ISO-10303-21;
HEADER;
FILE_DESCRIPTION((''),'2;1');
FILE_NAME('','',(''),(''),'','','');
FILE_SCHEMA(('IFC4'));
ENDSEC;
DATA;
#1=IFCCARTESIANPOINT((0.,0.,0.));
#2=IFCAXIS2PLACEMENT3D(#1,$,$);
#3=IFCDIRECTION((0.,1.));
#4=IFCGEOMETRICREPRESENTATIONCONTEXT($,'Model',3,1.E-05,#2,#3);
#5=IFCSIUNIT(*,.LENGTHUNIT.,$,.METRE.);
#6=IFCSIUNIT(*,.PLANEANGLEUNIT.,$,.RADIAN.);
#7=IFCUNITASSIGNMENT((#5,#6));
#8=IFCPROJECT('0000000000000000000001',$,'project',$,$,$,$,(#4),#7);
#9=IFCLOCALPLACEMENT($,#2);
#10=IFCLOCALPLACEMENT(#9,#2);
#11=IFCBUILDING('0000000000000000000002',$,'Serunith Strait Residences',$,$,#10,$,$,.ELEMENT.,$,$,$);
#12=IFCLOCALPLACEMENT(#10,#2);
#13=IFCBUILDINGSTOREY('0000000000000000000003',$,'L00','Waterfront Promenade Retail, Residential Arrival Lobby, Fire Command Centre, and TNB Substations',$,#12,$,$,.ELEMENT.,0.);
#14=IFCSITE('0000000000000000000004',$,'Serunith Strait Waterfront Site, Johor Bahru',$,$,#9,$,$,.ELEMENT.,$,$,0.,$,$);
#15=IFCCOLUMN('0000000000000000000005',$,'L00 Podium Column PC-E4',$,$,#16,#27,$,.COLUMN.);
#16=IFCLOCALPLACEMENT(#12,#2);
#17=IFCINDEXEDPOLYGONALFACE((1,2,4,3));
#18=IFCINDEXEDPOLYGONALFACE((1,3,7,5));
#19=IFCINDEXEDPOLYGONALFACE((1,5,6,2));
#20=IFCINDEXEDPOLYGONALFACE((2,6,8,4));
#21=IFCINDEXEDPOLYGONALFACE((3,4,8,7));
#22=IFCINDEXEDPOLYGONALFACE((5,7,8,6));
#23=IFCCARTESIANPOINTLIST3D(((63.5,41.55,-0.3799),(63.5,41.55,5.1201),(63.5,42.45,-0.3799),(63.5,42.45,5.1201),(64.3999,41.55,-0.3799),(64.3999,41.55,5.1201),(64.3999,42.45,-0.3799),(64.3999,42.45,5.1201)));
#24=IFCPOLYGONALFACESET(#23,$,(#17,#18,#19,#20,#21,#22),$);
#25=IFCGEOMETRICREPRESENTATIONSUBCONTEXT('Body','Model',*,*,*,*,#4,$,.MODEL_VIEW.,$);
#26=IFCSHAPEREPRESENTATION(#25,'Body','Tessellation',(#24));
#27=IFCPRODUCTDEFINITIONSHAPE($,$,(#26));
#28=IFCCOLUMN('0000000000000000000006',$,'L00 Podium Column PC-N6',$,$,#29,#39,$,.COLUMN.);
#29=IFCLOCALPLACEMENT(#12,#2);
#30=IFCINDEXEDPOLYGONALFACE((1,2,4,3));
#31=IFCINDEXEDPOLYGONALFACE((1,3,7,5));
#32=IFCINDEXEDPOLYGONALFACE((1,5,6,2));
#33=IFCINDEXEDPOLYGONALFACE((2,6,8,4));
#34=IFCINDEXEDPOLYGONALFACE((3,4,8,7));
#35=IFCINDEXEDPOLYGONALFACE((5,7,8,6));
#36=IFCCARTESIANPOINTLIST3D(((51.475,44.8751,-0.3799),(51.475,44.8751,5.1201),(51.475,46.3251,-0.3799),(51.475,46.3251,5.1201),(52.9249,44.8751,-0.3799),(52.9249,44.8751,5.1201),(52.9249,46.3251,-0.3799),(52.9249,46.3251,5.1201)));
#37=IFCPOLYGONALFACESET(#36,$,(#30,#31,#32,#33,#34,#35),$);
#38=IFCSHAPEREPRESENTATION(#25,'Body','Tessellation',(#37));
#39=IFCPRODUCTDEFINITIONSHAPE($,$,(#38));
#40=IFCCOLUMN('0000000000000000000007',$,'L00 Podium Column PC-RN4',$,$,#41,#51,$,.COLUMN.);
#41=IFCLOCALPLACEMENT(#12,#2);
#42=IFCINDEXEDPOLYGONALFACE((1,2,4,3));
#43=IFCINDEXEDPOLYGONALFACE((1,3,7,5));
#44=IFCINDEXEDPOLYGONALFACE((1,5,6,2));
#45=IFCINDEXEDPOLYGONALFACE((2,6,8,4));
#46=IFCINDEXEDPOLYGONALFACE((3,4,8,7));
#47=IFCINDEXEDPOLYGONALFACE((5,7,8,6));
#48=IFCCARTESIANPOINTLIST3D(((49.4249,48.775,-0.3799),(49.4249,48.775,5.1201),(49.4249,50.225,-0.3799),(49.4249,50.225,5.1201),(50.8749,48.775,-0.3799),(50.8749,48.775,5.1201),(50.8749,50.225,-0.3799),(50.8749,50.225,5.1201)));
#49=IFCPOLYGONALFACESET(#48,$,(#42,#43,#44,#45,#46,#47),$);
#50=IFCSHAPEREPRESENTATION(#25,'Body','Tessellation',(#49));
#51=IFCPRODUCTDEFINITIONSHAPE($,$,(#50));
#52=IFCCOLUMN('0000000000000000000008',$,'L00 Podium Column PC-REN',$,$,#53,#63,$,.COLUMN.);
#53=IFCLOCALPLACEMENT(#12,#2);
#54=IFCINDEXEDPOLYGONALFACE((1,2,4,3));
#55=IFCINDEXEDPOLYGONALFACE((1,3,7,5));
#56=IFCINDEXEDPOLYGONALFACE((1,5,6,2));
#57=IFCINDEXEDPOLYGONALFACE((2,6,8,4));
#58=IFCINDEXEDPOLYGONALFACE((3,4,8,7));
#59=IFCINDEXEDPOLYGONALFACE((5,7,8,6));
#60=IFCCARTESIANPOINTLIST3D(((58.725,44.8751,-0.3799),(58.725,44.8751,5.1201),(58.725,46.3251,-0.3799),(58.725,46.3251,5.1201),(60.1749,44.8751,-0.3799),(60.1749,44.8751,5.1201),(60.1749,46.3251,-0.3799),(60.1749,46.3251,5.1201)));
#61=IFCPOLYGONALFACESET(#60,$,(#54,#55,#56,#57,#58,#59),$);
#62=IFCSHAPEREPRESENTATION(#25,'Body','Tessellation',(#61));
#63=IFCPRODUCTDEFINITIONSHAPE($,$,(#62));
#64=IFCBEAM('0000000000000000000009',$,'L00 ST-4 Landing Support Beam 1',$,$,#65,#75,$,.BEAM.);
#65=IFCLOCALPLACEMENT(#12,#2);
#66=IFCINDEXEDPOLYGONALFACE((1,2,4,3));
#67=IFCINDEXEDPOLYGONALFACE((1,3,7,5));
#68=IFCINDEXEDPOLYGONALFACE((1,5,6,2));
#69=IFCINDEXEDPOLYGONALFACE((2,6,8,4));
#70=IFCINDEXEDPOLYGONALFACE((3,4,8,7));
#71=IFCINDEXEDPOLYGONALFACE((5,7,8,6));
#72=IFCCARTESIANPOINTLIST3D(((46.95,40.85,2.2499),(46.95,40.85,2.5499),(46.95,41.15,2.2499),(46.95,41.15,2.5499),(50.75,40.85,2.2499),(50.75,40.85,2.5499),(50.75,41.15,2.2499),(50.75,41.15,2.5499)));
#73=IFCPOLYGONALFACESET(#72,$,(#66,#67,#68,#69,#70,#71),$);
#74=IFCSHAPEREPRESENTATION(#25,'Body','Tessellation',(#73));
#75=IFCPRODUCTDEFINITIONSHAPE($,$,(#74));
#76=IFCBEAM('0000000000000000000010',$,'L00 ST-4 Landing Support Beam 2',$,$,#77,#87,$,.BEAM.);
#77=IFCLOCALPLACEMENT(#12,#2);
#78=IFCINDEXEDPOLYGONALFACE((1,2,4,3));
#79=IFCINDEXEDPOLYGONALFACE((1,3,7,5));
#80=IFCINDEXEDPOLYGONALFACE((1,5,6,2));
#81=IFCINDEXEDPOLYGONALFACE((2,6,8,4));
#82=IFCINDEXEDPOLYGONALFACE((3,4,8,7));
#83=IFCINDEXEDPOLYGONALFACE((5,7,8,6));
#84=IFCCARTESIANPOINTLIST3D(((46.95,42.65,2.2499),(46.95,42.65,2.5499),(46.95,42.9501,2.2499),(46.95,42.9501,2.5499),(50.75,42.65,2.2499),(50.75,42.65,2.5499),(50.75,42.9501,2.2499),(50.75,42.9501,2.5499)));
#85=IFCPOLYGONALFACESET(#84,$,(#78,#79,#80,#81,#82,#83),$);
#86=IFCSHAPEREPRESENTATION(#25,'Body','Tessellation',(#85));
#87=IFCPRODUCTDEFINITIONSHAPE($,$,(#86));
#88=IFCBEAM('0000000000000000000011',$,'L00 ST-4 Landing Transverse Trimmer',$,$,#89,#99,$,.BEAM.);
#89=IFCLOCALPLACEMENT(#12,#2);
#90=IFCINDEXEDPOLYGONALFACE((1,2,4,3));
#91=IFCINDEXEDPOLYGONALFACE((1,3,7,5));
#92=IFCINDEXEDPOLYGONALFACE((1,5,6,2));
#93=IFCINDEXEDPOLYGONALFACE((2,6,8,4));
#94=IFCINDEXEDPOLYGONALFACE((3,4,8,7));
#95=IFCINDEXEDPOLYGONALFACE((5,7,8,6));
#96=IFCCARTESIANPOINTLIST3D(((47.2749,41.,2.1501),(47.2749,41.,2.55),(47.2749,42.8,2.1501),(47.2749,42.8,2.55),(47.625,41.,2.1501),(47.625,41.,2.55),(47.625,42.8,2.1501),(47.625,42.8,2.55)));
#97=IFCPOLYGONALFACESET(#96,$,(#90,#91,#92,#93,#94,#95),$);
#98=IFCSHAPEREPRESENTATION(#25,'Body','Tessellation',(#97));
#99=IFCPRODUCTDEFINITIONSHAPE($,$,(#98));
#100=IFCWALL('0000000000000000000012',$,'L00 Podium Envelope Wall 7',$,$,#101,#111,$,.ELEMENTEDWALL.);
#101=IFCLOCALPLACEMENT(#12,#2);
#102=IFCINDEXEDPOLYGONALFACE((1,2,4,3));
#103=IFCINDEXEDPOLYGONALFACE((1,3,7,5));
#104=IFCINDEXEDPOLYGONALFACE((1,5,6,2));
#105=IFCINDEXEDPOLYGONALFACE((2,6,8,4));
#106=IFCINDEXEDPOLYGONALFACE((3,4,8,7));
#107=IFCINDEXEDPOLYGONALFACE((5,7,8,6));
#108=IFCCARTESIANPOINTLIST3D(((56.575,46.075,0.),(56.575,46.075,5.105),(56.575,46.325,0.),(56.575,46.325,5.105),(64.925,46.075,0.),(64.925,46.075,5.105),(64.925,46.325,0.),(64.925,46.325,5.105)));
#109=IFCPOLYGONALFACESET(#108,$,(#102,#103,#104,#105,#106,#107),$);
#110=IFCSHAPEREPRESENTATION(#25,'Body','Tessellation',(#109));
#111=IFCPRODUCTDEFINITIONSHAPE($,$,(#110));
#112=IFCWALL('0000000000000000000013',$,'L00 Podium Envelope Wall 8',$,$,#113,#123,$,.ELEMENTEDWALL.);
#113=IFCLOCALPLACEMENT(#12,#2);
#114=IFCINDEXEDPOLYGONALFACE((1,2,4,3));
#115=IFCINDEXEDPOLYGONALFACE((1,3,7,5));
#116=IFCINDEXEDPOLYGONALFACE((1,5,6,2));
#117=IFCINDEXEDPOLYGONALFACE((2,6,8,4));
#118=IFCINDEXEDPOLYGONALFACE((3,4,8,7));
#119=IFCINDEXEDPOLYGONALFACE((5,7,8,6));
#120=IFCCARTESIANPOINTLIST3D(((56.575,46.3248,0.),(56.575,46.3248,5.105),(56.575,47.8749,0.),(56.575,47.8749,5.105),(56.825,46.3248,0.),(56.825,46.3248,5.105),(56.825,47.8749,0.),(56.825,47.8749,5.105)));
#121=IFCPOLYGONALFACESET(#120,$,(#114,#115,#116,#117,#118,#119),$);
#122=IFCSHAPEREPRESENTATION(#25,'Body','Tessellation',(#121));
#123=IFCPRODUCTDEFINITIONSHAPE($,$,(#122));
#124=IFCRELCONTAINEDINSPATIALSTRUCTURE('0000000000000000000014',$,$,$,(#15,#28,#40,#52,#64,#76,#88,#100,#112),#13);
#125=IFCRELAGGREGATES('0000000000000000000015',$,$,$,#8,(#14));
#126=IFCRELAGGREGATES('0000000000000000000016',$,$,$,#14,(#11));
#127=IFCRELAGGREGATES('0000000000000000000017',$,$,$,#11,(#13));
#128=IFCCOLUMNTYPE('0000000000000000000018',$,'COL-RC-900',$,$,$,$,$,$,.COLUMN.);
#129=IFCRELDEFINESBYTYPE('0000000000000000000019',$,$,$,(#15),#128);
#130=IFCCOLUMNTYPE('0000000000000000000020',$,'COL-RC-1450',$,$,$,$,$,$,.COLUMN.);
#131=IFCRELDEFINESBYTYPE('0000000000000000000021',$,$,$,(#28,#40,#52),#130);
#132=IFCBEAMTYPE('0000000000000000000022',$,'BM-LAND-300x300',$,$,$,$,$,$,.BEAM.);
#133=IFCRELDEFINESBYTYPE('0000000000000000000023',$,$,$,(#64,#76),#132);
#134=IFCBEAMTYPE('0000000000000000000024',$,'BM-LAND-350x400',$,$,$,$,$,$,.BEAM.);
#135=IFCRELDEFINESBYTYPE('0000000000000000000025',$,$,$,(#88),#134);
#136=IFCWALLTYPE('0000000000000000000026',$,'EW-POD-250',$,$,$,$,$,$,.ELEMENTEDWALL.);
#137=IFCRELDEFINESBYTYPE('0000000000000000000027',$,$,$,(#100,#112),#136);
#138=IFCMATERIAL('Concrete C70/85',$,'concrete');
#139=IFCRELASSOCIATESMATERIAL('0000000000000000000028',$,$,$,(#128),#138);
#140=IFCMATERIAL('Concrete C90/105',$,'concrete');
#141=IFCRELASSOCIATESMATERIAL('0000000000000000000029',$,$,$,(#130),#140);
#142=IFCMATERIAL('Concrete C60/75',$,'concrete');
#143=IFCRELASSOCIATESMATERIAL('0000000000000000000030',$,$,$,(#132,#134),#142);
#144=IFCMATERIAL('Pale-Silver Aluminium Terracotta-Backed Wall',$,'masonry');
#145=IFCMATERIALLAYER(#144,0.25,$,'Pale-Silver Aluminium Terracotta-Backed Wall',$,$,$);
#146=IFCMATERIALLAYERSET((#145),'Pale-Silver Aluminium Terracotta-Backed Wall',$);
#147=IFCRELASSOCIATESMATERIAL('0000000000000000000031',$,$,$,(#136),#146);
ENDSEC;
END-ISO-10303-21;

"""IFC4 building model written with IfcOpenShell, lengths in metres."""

from ifc_helpers import new_model, si_unit, direction, frame, frame_2d, origin, origin_2d, place, context, subcontext, project, spatial, rectangle, extrude, source, transform, mapped, material, layer, layer_set, material_profile, profile_set, type_object, element, save


model = new_model("IFC4")

# Units and contexts
model_context = context("Model", 3, precision=1e-05, world=origin(), true_north=direction((0.0, 1.0)))
body_context = subcontext(model_context, "Body", "Model", "MODEL_VIEW")
ifc_project = project(units=[si_unit("LENGTHUNIT", "METRE"), si_unit("PLANEANGLEUNIT", "RADIAN")], contexts=[model_context])

# Site, building, storey
site_placement = place(None, origin())
site = spatial("IfcSite", under=ifc_project, at=site_placement, Name="Serunith Strait Waterfront Site, Johor Bahru", CompositionType="ELEMENT", RefElevation=0.0)
building_placement = place(site_placement, origin())
building = spatial("IfcBuilding", under=site, at=building_placement, Name="Serunith Strait Residences", CompositionType="ELEMENT")
storey_placement = place(building_placement, origin())
storey = spatial("IfcBuildingStorey", under=building, at=storey_placement, Name="L00", Description="Waterfront Promenade Retail, Residential Arrival Lobby, Fire Command Centre, and TNB Substations", CompositionType="ELEMENT", Elevation=0.0)

# Columns
ifc_material_1 = material(Name="Concrete C70/85", Category="concrete")
ifc_material_profile_1 = material_profile(ifc_material_1, rectangle(XDim=0.8999, YDim=0.8999, at=origin_2d()), Name="RC 900x900")
ifc_profile_set_1 = profile_set([ifc_material_profile_1], Name="Concrete C70/85")
column_type_1 = type_object("IfcColumnType", Name="COL-RC-900", PredefinedType="COLUMN", material=ifc_profile_set_1)
shared_shape_1 = source(origin(), body_context, "Body", "SweptSolid", [
    extrude(rectangle(XDim=0.8999, YDim=0.8999, at=origin_2d()), origin(), (0.0, 0.0, 1.0), 5.5),
])
column_placement = place(storey_placement, frame((63.95, 42.0, -0.3799), z_axis=(0.0, 0.0, 1.0), x_axis=(1.0, 0.0, 0.0)))
element("IfcColumn", 1, at=column_placement, inside=storey, type_object=column_type_1, Name="L00 Podium Column PC-E4", PredefinedType="COLUMN", context=body_context, shape_type="MappedRepresentation", body=[
    mapped(shared_shape_1, transform((0.0, 0.0, 0.0), scale=1.0)),
])
ifc_material_2 = material(Name="Concrete C90/105", Category="concrete")
ifc_material_profile_2 = material_profile(ifc_material_2, rectangle(XDim=1.45, YDim=1.45, at=origin_2d()), Name="RC 1450x1450")
ifc_profile_set_2 = profile_set([ifc_material_profile_2], Name="Concrete C90/105")
column_type_2 = type_object("IfcColumnType", Name="COL-RC-1450", PredefinedType="COLUMN", material=ifc_profile_set_2)
shared_shape_2 = source(origin(), body_context, "Body", "SweptSolid", [
    extrude(rectangle(XDim=1.45, YDim=1.45, at=origin_2d()), origin(), (0.0, 0.0, 1.0), 5.5),
])
for number, where, z_axis, x_axis, name in (
    (2, (52.2, 45.6001, -0.3799), (0.0, 0.0, 1.0), (1.0, 0.0, 0.0), "L00 Podium Column PC-N6"),
    (3, (50.1499, 49.5, -0.3799), (0.0, 0.0, 1.0), (1.0, 0.0, 0.0), "L00 Podium Column PC-RN4"),
    (4, (59.45, 45.6001, -0.3799), (0.0, 0.0, 1.0), (1.0, 0.0, 0.0), "L00 Podium Column PC-REN"),
):
    element("IfcColumn", number, at=place(storey_placement, frame(where, z_axis=z_axis, x_axis=x_axis)), inside=storey, type_object=column_type_2, Name=name, PredefinedType="COLUMN", context=body_context, shape_type="MappedRepresentation", body=[
        mapped(shared_shape_2, transform((0.0, 0.0, 0.0), scale=1.0)),
    ])

# Beams
ifc_material_3 = material(Name="Concrete C60/75", Category="concrete")
ifc_material_profile_3 = material_profile(ifc_material_3, rectangle(XDim=0.3, YDim=0.3, at=origin_2d()), Name="RC 300x300")
ifc_profile_set_3 = profile_set([ifc_material_profile_3], Name="Concrete C60/75")
beam_type_1 = type_object("IfcBeamType", Name="BM-LAND-300x300", PredefinedType="BEAM", material=ifc_profile_set_3)
shared_shape_3 = source(origin(), body_context, "Body", "SweptSolid", [
    extrude(rectangle(XDim=0.3, YDim=0.3, at=origin_2d()), origin(), (0.0, 0.0, 1.0), 3.8),
])
for number, where, z_axis, x_axis, name in (
    (5, (46.95, 41.0, 2.3999), (1.0, 0.0, 0.0), (0.0, 1.0, 0.0), "L00 ST-4 Landing Support Beam 1"),
    (6, (46.95, 42.8, 2.3999), (1.0, 0.0, 0.0), (0.0, 1.0, 0.0), "L00 ST-4 Landing Support Beam 2"),
):
    element("IfcBeam", number, at=place(storey_placement, frame(where, z_axis=z_axis, x_axis=x_axis)), inside=storey, type_object=beam_type_1, Name=name, PredefinedType="BEAM", context=body_context, shape_type="MappedRepresentation", body=[
        mapped(shared_shape_3, transform((0.0, 0.0, 0.0), scale=1.0)),
    ])
ifc_material_profile_4 = material_profile(ifc_material_3, rectangle(XDim=0.3501, YDim=0.3999, at=origin_2d()), Name="RC 350x400")
ifc_profile_set_4 = profile_set([ifc_material_profile_4], Name="Concrete C60/75")
beam_type_2 = type_object("IfcBeamType", Name="BM-LAND-350x400", PredefinedType="BEAM", material=ifc_profile_set_4)
shared_shape_4 = source(origin(), body_context, "Body", "SweptSolid", [
    extrude(rectangle(XDim=0.3501, YDim=0.3999, at=origin_2d()), origin(), (0.0, 0.0, 1.0), 1.8),
])
beam_placement = place(storey_placement, frame((47.45, 41.0, 2.3501), z_axis=(0.0, 1.0, 0.0), x_axis=(-1.0, 0.0, 0.0)))
element("IfcBeam", 7, at=beam_placement, inside=storey, type_object=beam_type_2, Name="L00 ST-4 Landing Transverse Trimmer", PredefinedType="BEAM", context=body_context, shape_type="MappedRepresentation", body=[
    mapped(shared_shape_4, transform((0.0, 0.0, 0.0), scale=1.0)),
])

# Walls
ifc_material_4 = material(Name="Pale-Silver Aluminium Terracotta-Backed Wall", Category="masonry")
ifc_layer_1 = layer(ifc_material_4, 0.25, Name="Pale-Silver Aluminium Terracotta-Backed Wall")
ifc_layer_set_1 = layer_set([ifc_layer_1], Name="Pale-Silver Aluminium Terracotta-Backed Wall")
wall_type_1 = type_object("IfcWallType", Name="EW-POD-250", PredefinedType="ELEMENTEDWALL", material=ifc_layer_set_1)
wall_1_placement = place(storey_placement, frame((64.925, 46.2, 0.0), z_axis=(0.0, 0.0, 1.0), x_axis=(-1.0, 0.0, 0.0)))
element("IfcWall", 8, at=wall_1_placement, inside=storey, type_object=wall_type_1, Name="L00 Podium Envelope Wall 7", PredefinedType="ELEMENTEDWALL", context=body_context, shape_type="SweptSolid", body=[
    extrude(rectangle(XDim=8.3501, YDim=0.25, at=frame_2d((4.175, 0.0))), origin(), (0.0, 0.0, 1.0), 5.105),
])
wall_2_placement = place(storey_placement, frame((56.7, 46.325, 0.0), z_axis=(0.0, 0.0, 1.0), x_axis=(0.0, 1.0, 0.0)))
element("IfcWall", 9, at=wall_2_placement, inside=storey, type_object=wall_type_1, Name="L00 Podium Envelope Wall 8", PredefinedType="ELEMENTEDWALL", context=body_context, shape_type="SweptSolid", body=[
    extrude(rectangle(XDim=1.55, YDim=0.25, at=frame_2d((0.7749, 0.0))), origin(), (0.0, 0.0, 1.0), 5.105),
])

save(model, "model.ifc")
